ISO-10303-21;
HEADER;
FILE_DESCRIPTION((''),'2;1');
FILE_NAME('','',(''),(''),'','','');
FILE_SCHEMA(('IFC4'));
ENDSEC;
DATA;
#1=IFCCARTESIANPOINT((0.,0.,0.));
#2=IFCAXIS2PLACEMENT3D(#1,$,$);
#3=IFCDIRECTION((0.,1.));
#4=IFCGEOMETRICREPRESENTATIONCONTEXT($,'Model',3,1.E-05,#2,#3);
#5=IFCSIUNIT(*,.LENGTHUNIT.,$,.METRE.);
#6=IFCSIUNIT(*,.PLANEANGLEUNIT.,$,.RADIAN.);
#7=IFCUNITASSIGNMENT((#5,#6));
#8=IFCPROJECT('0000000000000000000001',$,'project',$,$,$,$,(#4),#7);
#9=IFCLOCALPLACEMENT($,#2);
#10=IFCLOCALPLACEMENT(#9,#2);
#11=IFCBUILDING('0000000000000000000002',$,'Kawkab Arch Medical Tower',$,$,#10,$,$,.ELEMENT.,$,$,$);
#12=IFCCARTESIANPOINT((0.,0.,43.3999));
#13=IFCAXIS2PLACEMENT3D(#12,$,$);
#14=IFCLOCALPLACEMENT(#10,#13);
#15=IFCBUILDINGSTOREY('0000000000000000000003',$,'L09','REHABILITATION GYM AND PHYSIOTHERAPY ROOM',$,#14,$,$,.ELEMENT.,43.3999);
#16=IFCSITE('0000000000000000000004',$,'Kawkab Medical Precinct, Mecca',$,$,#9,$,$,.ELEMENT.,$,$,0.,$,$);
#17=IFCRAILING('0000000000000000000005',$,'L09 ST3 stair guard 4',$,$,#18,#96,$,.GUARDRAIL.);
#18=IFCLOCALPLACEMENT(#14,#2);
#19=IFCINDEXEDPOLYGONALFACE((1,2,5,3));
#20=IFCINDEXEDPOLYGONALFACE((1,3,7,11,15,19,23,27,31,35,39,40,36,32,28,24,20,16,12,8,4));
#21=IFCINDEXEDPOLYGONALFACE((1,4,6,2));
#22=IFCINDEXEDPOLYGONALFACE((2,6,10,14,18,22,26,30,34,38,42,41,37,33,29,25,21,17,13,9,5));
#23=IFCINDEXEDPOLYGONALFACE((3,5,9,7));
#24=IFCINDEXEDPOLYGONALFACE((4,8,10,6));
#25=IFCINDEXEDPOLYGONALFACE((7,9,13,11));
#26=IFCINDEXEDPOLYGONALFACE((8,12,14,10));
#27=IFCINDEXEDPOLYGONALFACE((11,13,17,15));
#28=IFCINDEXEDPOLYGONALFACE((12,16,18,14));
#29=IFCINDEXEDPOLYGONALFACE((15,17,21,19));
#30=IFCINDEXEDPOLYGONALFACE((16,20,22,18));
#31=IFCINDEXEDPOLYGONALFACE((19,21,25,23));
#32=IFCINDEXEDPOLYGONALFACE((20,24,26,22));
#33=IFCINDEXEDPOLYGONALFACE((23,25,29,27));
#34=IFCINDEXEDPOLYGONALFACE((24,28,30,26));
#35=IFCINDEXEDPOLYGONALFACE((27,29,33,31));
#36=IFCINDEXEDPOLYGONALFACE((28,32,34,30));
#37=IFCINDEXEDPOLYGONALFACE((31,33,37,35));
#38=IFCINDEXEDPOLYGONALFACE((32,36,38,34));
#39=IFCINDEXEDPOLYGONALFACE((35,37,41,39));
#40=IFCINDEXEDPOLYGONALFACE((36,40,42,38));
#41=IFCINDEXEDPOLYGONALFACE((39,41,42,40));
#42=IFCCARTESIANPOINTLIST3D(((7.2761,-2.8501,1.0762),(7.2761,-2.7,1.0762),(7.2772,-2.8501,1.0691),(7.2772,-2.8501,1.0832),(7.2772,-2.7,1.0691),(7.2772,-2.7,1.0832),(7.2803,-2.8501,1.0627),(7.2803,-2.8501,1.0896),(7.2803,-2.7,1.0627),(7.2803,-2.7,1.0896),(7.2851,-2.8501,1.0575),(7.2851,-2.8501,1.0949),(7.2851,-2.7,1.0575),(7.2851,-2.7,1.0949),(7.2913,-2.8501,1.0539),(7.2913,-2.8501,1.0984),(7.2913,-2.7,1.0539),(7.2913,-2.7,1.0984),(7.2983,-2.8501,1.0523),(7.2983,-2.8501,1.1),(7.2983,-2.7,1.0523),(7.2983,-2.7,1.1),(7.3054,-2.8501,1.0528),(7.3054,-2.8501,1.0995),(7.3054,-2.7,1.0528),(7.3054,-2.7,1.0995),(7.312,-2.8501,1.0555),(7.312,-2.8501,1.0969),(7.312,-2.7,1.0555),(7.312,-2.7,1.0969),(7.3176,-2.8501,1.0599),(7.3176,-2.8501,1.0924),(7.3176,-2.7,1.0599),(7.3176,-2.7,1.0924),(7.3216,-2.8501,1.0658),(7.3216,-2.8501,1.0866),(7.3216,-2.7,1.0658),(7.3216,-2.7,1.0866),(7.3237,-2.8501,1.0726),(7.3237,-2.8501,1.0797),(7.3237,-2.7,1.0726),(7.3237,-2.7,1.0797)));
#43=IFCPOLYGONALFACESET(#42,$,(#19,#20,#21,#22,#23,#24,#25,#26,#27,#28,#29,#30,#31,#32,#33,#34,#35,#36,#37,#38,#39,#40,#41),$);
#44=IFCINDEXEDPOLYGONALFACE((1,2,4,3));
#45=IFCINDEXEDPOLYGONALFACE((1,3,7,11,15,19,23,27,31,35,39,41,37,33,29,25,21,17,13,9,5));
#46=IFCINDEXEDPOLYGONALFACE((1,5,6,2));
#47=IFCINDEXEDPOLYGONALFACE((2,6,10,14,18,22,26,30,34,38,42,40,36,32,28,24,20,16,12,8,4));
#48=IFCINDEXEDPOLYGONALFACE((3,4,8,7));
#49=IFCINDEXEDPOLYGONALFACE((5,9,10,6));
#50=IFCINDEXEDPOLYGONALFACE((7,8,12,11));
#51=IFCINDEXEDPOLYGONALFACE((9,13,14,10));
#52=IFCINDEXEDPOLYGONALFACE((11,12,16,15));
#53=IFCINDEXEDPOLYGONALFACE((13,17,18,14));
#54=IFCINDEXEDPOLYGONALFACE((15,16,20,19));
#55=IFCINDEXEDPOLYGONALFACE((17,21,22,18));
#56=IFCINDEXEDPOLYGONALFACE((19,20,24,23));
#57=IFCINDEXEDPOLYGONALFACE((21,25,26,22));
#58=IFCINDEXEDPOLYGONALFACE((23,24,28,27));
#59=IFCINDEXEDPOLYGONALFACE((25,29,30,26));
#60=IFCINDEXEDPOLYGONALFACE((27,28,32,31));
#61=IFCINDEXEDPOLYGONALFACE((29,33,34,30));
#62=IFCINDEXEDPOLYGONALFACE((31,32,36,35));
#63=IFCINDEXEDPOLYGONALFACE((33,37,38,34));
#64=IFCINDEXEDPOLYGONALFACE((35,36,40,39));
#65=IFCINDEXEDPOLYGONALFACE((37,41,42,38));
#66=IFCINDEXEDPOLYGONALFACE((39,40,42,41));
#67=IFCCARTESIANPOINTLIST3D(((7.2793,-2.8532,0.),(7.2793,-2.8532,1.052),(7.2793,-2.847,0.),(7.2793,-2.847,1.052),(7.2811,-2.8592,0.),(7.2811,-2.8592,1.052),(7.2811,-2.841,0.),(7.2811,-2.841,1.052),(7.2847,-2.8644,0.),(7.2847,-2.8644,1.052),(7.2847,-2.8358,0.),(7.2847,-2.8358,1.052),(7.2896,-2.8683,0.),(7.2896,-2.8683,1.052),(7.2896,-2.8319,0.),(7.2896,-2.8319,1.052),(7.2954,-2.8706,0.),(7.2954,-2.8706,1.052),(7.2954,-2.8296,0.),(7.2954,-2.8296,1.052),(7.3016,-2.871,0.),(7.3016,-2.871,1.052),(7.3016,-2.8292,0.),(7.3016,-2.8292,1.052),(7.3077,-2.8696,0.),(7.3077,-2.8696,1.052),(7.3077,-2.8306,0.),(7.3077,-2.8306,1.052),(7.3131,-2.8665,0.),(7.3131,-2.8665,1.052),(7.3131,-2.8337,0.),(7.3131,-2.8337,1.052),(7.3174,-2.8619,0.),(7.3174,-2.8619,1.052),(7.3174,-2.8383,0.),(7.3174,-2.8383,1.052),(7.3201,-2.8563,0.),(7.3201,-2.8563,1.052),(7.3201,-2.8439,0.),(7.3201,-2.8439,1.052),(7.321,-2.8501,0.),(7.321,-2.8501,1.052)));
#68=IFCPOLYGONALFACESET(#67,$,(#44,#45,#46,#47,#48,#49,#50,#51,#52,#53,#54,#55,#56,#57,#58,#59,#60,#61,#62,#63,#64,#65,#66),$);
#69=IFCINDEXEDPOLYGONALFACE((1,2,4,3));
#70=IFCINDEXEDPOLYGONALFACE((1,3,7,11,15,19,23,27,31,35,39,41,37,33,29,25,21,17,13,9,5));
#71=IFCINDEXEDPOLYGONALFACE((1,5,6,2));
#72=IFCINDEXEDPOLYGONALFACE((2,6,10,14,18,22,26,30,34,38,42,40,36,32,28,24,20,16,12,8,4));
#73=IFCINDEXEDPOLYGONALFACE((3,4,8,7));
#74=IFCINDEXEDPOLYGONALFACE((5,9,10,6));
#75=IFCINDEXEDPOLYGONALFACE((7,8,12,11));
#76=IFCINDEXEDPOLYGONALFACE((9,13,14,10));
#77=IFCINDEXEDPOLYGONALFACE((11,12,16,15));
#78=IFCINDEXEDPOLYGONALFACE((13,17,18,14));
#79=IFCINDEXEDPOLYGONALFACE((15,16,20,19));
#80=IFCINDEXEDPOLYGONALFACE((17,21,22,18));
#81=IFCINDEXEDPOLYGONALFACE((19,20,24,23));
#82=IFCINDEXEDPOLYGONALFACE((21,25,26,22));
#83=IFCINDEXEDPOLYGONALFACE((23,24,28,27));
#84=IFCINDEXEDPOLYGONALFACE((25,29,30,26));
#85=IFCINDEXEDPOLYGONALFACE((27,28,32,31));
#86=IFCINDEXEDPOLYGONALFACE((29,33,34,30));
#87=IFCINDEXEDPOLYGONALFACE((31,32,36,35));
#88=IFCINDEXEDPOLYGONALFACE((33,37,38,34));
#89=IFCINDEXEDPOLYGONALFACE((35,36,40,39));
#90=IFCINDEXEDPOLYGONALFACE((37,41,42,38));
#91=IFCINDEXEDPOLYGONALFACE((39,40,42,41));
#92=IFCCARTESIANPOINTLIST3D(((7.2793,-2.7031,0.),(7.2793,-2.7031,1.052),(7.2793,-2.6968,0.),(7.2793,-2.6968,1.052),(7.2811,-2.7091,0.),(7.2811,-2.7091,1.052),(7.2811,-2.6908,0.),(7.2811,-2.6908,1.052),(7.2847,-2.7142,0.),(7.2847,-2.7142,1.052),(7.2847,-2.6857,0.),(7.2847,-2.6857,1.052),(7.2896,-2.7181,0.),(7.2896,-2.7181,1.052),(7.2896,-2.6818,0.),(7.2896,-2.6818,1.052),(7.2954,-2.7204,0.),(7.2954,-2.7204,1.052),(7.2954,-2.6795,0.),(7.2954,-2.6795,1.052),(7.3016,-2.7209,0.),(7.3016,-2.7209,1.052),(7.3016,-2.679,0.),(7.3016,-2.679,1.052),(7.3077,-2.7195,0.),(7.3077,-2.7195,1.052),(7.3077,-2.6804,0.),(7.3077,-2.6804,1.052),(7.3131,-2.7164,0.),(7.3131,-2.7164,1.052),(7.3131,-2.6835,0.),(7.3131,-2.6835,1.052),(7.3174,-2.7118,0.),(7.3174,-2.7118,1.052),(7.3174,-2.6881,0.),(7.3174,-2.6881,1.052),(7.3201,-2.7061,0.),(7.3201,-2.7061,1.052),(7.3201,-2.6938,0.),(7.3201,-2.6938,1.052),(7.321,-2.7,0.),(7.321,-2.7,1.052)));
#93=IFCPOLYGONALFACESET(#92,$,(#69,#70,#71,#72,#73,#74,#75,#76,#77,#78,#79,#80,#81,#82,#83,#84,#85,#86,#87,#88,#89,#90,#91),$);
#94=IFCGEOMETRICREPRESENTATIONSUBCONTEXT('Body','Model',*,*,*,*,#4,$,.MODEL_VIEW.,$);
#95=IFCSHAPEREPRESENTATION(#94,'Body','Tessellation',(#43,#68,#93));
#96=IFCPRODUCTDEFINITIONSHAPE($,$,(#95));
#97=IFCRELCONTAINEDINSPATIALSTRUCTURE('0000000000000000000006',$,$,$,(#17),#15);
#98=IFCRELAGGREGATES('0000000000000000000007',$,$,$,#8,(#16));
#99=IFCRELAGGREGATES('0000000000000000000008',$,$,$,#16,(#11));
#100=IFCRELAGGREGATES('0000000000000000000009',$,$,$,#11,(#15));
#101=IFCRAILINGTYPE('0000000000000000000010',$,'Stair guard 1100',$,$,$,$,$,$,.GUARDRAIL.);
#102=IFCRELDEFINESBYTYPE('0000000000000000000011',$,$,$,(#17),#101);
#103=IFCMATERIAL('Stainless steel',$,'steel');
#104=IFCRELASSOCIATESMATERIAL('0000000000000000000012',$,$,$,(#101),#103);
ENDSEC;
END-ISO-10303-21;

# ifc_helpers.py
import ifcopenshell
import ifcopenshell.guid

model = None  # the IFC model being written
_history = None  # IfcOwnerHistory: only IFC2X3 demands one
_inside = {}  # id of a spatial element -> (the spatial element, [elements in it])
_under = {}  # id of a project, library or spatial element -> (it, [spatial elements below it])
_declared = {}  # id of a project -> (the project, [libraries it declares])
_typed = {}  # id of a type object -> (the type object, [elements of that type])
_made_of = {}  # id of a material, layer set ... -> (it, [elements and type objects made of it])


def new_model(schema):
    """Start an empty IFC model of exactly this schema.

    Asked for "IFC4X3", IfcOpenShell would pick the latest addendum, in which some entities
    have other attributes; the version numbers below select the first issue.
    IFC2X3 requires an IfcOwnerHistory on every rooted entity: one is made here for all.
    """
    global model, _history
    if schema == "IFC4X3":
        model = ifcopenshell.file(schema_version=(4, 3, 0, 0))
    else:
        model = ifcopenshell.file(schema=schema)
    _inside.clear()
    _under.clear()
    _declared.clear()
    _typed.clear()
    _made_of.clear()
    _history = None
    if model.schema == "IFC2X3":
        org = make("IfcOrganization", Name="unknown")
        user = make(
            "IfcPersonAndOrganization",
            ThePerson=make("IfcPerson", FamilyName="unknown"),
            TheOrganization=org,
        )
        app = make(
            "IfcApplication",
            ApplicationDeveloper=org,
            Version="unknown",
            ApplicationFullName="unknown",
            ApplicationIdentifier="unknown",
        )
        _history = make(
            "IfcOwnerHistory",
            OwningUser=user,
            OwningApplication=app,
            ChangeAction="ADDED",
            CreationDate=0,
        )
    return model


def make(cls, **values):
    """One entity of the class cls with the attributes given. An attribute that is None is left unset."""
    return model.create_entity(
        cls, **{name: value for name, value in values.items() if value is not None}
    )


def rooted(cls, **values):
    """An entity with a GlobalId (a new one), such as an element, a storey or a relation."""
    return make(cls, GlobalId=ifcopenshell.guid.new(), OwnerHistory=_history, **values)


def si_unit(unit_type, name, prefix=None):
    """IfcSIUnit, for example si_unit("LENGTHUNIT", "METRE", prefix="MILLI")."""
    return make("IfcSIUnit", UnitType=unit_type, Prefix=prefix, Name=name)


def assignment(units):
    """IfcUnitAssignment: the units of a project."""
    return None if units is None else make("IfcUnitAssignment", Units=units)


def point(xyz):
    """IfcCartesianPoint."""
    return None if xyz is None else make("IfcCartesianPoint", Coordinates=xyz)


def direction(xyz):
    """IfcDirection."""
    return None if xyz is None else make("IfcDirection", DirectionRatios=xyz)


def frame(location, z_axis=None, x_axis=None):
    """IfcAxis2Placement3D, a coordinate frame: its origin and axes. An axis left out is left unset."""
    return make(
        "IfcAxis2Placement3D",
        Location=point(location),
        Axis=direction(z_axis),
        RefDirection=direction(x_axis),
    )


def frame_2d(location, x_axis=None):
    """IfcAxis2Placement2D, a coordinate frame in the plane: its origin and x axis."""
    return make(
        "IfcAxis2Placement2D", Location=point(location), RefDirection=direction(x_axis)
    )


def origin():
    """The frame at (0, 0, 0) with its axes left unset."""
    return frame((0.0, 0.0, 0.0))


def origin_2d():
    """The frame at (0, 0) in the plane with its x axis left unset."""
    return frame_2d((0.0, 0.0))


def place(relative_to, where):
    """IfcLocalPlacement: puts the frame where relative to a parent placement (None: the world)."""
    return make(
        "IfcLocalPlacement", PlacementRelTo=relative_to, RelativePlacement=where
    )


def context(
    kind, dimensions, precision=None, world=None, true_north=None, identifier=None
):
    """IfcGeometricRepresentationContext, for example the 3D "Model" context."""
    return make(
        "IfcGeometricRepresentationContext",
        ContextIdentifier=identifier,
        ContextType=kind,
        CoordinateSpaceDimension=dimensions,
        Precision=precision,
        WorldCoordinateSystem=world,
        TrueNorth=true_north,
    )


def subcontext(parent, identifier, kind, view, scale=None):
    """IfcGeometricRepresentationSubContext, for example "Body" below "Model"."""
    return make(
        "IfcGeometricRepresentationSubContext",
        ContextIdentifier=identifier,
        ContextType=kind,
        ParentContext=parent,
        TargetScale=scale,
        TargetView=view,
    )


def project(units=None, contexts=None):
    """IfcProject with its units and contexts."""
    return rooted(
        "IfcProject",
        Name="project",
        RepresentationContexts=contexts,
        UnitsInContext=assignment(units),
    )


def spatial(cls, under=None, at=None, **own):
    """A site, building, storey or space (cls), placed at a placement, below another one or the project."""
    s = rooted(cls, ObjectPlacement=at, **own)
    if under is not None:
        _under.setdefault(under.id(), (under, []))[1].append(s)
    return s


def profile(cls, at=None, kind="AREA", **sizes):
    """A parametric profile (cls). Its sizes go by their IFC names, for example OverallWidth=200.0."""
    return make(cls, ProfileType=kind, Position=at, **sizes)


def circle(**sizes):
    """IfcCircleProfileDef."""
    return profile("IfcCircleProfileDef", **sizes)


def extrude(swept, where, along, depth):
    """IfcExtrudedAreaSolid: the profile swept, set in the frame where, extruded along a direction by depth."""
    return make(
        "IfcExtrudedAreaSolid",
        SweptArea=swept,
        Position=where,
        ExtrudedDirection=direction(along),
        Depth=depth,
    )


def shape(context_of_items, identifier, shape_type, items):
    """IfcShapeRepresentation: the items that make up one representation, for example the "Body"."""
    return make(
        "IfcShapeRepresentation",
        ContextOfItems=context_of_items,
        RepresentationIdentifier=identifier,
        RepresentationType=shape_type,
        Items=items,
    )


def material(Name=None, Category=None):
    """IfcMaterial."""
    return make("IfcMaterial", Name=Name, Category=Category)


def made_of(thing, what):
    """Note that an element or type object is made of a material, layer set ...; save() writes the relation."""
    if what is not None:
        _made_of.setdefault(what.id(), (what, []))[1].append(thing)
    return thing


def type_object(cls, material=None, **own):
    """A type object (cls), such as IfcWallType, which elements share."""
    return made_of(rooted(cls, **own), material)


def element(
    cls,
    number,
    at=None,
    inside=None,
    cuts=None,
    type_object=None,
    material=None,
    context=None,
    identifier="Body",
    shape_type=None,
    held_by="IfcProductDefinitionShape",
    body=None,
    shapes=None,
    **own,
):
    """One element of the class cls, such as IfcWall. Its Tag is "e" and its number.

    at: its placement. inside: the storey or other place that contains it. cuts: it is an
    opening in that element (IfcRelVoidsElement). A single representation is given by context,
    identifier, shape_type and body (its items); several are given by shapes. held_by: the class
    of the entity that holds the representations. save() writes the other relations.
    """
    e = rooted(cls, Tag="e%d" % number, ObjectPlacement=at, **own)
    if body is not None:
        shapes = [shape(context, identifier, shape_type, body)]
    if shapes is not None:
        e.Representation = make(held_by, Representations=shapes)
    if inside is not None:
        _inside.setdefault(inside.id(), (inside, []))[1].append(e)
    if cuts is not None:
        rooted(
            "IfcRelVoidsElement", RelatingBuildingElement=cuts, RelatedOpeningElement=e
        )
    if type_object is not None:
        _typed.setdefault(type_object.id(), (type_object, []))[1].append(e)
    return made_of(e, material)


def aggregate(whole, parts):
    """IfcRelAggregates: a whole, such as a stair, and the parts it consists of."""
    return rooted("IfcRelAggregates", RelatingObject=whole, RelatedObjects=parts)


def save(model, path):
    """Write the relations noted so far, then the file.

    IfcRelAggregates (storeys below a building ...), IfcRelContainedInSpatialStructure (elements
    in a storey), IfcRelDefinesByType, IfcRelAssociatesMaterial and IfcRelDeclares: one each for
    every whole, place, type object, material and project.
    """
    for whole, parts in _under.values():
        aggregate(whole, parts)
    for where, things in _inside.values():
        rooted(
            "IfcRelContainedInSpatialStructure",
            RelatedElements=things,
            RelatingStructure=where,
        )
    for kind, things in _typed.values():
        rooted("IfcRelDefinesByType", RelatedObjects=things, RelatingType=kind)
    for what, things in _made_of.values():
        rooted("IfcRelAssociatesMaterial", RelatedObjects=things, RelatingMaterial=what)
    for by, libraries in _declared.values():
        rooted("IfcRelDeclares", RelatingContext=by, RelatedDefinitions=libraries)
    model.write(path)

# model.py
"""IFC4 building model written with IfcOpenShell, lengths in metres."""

from ifc_helpers import new_model, si_unit, direction, frame, origin, origin_2d, place, context, subcontext, project, spatial, circle, extrude, material, type_object, element, save


model = new_model("IFC4")

# Units and contexts
model_context = context("Model", 3, precision=1e-05, world=origin(), true_north=direction((0.0, 1.0)))
body_context = subcontext(model_context, "Body", "Model", "MODEL_VIEW")
ifc_project = project(units=[si_unit("LENGTHUNIT", "METRE"), si_unit("PLANEANGLEUNIT", "RADIAN")], contexts=[model_context])

# Site, building, storey
site_placement = place(None, origin())
site = spatial("IfcSite", under=ifc_project, at=site_placement, Name="Kawkab Medical Precinct, Mecca", CompositionType="ELEMENT", RefElevation=0.0)
building_placement = place(site_placement, origin())
building = spatial("IfcBuilding", under=site, at=building_placement, Name="Kawkab Arch Medical Tower", CompositionType="ELEMENT")
storey_placement = place(building_placement, frame((0.0, 0.0, 43.3999)))
storey = spatial("IfcBuildingStorey", under=building, at=storey_placement, Name="L09", Description="REHABILITATION GYM AND PHYSIOTHERAPY ROOM", CompositionType="ELEMENT", Elevation=43.3999)

# Railing
ifc_material_1 = material(Name="Stainless steel", Category="steel")
railing_type_1 = type_object("IfcRailingType", Name="Stair guard 1100", PredefinedType="GUARDRAIL", material=ifc_material_1)
railing_1_placement = place(storey_placement, frame((7.3, -2.8501, 0.0)))
element("IfcRailing", 1, at=railing_1_placement, inside=storey, type_object=railing_type_1, Name="L09 ST3 stair guard 4", PredefinedType="GUARDRAIL", context=body_context, shape_type="SweptSolid", body=[
    extrude(circle(Radius=0.0239, at=origin_2d()), frame((0.0, 0.0, 1.0762), z_axis=(0.0, 1.0, 0.0), x_axis=(-1.0, 0.0, 0.0)), (0.0, 0.0, 1.0), 0.1501),
    extrude(circle(Radius=0.021, at=origin_2d()), origin(), (0.0, 0.0, 1.0), 1.052),
    extrude(circle(Radius=0.021, at=origin_2d()), frame((0.0, 0.1501, 0.0)), (0.0, 0.0, 1.0), 1.052),
])

save(model, "model.ifc")
